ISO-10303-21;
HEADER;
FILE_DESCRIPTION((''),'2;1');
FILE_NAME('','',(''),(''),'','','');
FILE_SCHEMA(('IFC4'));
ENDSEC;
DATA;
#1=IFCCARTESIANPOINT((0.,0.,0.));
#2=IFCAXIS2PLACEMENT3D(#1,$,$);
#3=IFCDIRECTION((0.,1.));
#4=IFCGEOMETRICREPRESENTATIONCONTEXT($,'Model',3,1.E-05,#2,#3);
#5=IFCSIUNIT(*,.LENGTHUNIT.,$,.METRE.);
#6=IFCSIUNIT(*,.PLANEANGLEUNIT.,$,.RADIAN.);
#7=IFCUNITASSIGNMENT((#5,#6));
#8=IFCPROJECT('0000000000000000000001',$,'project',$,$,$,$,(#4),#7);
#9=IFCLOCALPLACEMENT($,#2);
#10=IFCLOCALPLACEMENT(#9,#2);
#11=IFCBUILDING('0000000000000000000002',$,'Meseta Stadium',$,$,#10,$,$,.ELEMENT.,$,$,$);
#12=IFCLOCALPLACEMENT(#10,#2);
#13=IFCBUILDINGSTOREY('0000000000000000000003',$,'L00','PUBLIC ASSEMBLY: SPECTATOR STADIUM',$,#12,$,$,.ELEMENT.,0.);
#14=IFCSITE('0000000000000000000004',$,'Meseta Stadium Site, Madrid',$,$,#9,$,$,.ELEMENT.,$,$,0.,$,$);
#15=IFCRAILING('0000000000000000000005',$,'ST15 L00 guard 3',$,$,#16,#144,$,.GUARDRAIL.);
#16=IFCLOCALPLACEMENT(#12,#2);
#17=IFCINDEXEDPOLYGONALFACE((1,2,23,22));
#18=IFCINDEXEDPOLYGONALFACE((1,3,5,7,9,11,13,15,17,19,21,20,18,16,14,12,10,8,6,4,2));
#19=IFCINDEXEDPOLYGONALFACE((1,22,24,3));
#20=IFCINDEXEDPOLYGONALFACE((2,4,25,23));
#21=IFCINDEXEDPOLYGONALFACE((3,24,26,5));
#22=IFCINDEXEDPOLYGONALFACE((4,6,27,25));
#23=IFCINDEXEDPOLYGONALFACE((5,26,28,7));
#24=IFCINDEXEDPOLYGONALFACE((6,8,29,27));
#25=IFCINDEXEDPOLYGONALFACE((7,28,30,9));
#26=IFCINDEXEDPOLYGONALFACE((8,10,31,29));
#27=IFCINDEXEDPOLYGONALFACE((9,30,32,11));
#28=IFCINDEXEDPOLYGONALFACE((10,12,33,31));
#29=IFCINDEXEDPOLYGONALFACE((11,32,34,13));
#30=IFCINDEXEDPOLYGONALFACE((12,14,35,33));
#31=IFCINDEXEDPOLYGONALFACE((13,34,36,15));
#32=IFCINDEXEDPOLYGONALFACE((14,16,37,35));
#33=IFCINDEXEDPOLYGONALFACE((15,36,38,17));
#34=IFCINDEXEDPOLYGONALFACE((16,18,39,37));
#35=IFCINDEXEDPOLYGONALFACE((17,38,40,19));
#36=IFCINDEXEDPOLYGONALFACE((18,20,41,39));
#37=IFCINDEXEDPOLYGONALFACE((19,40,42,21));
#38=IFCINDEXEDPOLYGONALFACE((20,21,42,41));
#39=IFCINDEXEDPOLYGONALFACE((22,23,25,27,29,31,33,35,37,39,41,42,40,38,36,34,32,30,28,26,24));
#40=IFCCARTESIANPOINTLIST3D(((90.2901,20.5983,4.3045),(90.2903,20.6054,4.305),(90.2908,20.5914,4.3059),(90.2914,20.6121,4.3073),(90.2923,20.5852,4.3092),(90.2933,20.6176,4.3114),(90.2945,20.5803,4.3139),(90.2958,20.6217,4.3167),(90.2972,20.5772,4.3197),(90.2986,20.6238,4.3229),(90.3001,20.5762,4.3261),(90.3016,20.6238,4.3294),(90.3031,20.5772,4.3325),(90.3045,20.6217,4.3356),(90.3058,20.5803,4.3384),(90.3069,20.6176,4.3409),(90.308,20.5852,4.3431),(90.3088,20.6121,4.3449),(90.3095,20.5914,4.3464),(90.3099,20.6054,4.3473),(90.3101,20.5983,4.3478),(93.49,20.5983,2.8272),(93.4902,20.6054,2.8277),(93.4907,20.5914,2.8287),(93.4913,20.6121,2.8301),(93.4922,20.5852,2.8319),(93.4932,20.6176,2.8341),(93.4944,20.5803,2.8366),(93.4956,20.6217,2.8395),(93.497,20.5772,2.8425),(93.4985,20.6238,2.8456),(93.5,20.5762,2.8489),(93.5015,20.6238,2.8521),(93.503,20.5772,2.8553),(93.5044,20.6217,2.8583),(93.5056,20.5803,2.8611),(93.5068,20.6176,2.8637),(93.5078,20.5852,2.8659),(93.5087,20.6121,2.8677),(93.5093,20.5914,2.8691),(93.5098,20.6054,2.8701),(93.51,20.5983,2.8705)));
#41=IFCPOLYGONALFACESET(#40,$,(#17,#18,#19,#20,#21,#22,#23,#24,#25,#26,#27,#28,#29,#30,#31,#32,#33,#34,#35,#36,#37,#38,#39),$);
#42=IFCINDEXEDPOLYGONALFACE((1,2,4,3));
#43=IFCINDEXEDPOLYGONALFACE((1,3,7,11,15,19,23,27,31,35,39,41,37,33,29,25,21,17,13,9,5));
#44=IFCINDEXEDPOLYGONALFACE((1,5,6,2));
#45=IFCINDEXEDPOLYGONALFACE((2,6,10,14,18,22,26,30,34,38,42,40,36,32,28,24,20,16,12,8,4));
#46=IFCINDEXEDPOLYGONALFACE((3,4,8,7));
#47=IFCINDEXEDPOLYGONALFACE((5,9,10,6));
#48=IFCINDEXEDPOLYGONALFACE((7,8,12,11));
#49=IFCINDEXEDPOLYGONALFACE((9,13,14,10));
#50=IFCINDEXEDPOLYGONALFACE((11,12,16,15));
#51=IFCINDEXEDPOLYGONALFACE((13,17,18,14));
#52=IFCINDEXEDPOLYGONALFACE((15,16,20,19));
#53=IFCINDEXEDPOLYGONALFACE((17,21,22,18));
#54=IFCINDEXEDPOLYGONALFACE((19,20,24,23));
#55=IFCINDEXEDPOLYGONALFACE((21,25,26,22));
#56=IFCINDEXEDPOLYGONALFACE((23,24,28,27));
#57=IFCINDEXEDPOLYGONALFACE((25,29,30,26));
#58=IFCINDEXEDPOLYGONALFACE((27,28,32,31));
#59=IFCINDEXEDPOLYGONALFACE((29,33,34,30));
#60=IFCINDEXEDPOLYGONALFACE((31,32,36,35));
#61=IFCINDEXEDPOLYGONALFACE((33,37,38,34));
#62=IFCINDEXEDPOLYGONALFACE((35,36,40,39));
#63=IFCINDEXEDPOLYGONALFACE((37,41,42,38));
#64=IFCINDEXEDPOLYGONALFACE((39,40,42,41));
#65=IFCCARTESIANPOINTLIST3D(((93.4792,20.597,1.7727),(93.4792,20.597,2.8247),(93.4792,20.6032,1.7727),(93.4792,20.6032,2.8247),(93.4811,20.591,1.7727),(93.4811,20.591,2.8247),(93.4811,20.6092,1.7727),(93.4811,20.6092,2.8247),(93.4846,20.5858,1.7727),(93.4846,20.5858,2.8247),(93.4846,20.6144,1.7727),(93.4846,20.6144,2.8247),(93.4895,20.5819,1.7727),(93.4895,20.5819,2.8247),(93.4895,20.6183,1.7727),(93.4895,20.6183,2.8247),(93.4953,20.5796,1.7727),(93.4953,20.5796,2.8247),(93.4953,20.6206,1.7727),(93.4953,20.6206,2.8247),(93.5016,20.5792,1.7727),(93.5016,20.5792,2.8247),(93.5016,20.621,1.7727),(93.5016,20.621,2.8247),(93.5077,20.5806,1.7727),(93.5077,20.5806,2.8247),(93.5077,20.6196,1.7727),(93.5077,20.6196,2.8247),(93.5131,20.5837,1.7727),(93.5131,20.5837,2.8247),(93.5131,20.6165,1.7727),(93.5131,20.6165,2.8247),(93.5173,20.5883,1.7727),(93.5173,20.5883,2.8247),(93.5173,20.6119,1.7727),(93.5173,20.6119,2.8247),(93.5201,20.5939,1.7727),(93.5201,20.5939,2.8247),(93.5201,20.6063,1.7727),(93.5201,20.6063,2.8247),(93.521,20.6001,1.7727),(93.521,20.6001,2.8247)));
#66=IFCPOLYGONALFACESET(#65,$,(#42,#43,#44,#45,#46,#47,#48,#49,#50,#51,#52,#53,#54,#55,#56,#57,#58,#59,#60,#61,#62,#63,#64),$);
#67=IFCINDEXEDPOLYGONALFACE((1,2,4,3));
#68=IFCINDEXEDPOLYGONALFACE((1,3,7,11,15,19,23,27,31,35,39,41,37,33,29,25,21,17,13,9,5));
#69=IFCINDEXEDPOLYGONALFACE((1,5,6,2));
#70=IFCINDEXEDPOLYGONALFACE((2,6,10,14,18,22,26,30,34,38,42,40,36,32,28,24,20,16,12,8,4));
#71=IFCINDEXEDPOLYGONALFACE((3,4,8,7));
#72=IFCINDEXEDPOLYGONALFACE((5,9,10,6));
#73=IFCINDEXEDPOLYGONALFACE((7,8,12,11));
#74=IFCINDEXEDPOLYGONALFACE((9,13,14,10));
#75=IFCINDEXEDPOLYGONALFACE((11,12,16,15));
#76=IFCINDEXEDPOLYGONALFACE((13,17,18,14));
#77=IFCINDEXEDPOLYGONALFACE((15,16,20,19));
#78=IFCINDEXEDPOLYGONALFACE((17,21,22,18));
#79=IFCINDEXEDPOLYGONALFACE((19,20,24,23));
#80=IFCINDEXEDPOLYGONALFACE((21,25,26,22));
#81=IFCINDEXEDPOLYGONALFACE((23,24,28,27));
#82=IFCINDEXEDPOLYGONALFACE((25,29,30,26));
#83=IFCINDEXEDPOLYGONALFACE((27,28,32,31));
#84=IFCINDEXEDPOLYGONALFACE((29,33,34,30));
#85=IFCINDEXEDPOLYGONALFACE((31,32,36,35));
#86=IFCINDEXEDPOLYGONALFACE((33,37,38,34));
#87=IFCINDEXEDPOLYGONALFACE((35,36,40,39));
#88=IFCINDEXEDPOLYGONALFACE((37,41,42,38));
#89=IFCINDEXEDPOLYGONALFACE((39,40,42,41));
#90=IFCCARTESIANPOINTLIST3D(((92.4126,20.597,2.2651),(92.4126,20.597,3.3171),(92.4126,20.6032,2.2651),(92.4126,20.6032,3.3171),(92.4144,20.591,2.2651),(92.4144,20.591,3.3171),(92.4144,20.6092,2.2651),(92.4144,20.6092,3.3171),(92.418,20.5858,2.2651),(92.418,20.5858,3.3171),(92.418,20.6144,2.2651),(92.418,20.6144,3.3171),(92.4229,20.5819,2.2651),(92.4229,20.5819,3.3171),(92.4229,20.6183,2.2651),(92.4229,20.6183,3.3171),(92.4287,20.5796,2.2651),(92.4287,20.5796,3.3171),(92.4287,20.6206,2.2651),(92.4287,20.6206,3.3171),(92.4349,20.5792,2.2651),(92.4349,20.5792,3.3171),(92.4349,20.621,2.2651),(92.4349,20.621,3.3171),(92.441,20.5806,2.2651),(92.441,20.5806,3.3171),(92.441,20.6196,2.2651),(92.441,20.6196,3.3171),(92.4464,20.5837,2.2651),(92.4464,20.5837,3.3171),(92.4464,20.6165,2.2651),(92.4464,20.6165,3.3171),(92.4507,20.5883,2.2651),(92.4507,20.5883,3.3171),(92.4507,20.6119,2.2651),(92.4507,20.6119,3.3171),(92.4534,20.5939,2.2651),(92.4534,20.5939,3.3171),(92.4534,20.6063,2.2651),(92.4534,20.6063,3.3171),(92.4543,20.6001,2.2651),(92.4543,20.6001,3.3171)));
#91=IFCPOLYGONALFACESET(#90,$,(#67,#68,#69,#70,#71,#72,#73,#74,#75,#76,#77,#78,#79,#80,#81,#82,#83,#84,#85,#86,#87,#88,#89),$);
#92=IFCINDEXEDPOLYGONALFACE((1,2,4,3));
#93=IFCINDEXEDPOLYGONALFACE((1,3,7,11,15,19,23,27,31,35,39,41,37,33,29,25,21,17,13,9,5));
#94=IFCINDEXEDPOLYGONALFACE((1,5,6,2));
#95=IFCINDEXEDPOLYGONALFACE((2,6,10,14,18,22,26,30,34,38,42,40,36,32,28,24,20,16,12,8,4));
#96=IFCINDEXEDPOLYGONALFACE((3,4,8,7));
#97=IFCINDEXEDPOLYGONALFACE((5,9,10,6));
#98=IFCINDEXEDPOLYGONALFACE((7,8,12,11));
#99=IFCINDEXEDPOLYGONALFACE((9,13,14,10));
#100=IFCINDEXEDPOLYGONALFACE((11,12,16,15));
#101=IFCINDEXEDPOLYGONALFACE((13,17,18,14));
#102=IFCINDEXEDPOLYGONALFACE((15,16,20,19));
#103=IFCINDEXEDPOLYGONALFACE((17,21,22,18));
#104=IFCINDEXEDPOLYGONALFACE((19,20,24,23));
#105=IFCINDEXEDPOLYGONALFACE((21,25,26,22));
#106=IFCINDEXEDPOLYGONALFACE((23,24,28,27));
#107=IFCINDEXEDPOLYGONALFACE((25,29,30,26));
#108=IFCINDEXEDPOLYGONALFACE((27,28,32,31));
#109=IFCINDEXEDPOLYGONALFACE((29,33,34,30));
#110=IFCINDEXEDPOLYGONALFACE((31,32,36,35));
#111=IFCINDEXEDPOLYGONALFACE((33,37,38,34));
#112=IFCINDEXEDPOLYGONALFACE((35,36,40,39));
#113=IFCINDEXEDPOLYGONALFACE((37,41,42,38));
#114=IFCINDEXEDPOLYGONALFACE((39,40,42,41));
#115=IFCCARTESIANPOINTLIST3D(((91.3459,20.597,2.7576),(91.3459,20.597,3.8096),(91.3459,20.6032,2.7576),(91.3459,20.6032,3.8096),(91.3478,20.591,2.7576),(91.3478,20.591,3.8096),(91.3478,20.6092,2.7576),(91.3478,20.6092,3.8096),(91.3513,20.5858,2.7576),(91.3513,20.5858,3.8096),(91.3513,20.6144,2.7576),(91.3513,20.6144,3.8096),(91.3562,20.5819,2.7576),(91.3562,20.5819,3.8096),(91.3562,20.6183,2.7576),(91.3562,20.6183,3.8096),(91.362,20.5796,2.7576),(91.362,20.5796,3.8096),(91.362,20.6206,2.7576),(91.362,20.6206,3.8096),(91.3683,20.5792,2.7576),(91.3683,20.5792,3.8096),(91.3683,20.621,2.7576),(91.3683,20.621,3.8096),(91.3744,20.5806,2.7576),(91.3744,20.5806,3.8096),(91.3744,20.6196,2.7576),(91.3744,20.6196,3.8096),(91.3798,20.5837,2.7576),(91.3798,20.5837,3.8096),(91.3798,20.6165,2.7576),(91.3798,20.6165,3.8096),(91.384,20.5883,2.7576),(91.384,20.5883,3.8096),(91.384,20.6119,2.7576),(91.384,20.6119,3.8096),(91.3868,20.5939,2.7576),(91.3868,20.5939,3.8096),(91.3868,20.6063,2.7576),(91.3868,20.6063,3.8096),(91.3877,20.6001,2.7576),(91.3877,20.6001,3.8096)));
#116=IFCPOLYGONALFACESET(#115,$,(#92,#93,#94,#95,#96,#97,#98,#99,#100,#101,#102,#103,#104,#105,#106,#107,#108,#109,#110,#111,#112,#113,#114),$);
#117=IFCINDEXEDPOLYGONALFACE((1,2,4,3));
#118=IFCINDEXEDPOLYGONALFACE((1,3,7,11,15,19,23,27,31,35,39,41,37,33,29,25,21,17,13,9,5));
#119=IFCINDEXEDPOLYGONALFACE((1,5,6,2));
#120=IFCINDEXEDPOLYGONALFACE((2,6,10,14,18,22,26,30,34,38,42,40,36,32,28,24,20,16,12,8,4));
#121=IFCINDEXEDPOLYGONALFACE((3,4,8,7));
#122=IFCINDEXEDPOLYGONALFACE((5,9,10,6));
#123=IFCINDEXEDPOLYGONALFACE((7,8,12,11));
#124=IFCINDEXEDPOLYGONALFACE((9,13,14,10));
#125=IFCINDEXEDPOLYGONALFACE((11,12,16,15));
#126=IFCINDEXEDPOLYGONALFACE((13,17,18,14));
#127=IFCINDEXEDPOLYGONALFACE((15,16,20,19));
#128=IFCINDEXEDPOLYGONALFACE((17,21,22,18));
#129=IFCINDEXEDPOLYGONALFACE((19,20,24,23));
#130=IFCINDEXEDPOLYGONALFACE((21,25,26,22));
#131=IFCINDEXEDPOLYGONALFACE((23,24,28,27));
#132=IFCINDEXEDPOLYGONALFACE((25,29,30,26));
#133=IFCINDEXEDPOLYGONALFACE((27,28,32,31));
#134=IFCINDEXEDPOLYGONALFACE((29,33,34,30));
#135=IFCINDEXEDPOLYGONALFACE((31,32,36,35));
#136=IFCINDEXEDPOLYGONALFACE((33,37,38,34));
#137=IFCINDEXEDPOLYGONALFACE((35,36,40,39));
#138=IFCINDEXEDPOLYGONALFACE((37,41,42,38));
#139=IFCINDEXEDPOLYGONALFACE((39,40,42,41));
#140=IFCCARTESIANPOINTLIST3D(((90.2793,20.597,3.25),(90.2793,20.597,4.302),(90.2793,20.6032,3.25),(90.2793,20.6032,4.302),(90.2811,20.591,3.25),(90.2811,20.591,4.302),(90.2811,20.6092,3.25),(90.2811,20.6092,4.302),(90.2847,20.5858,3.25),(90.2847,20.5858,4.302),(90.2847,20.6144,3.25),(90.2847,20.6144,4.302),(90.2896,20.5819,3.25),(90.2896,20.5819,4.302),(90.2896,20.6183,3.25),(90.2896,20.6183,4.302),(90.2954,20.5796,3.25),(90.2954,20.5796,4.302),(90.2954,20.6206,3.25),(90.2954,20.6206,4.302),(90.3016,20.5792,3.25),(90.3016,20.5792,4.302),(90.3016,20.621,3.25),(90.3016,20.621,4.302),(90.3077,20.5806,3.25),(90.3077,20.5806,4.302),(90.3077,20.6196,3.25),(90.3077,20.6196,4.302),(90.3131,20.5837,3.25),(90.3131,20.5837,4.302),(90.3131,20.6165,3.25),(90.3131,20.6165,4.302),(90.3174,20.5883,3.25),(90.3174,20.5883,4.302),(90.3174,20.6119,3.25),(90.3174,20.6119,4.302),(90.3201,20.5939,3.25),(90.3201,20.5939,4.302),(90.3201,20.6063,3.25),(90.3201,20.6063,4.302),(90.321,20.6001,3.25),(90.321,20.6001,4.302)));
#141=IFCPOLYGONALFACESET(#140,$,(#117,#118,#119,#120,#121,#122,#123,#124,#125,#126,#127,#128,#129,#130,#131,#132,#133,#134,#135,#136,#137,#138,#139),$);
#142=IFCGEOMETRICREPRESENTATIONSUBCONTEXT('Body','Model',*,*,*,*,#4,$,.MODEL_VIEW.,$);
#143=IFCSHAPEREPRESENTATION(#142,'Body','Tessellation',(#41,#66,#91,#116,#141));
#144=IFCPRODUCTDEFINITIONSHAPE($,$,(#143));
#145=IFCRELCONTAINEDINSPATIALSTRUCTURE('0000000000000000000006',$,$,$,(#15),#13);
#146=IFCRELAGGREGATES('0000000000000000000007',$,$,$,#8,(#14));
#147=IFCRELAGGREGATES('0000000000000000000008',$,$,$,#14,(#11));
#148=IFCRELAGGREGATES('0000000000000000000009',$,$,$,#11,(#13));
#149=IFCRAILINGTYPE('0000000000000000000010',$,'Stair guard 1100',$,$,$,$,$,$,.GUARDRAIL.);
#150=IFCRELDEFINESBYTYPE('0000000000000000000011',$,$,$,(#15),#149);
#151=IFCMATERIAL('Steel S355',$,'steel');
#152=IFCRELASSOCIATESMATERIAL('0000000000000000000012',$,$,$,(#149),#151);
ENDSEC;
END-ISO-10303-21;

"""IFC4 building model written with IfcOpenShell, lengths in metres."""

from ifc_helpers import new_model, si_unit, direction, frame, origin, origin_2d, place, context, subcontext, project, spatial, circle, extrude, material, type_object, element, save


model = new_model("IFC4")

# Units and contexts
model_context = context("Model", 3, precision=1e-05, world=origin(), true_north=direction((0.0, 1.0)))
body_context = subcontext(model_context, "Body", "Model", "MODEL_VIEW")
ifc_project = project(units=[si_unit("LENGTHUNIT", "METRE"), si_unit("PLANEANGLEUNIT", "RADIAN")], contexts=[model_context])

# Site, building, storey
site_placement = place(None, origin())
site = spatial("IfcSite", under=ifc_project, at=site_placement, Name="Meseta Stadium Site, Madrid", CompositionType="ELEMENT", RefElevation=0.0)
building_placement = place(site_placement, origin())
building = spatial("IfcBuilding", under=site, at=building_placement, Name="Meseta Stadium", CompositionType="ELEMENT")
storey_placement = place(building_placement, origin())
storey = spatial("IfcBuildingStorey", under=building, at=storey_placement, Name="L00", Description="PUBLIC ASSEMBLY: SPECTATOR STADIUM", CompositionType="ELEMENT", Elevation=0.0)

# Railing
ifc_material_1 = material(Name="Steel S355", Category="steel")
railing_type_1 = type_object("IfcRailingType", Name="Stair guard 1100", PredefinedType="GUARDRAIL", material=ifc_material_1)
railing_1_placement = place(storey_placement, frame((93.5, 20.6001, 1.7727)))
element("IfcRailing", 1, at=railing_1_placement, inside=storey, type_object=railing_type_1, Name="ST15 L00 guard 3", PredefinedType="GUARDRAIL", context=body_context, shape_type="SweptSolid", body=[
    extrude(circle(Radius=0.0239, at=origin_2d()), frame((0.0, 0.0, 1.0762), z_axis=(-0.907917, 0.0, 0.41915), x_axis=(0.0, -1.0, 0.0)), (0.0, 0.0, 1.0), 3.5244),
    extrude(circle(Radius=0.021, at=origin_2d()), origin(), (0.0, 0.0, 1.0), 1.052),
    extrude(circle(Radius=0.021, at=origin_2d()), frame((-1.0667, 0.0, 0.4924)), (0.0, 0.0, 1.0), 1.052),
    extrude(circle(Radius=0.021, at=origin_2d()), frame((-2.1333, 0.0, 0.9849)), (0.0, 0.0, 1.0), 1.052),
    extrude(circle(Radius=0.021, at=origin_2d()), frame((-3.2, 0.0, 1.4773)), (0.0, 0.0, 1.0), 1.052),
])

save(model, "model.ifc")
